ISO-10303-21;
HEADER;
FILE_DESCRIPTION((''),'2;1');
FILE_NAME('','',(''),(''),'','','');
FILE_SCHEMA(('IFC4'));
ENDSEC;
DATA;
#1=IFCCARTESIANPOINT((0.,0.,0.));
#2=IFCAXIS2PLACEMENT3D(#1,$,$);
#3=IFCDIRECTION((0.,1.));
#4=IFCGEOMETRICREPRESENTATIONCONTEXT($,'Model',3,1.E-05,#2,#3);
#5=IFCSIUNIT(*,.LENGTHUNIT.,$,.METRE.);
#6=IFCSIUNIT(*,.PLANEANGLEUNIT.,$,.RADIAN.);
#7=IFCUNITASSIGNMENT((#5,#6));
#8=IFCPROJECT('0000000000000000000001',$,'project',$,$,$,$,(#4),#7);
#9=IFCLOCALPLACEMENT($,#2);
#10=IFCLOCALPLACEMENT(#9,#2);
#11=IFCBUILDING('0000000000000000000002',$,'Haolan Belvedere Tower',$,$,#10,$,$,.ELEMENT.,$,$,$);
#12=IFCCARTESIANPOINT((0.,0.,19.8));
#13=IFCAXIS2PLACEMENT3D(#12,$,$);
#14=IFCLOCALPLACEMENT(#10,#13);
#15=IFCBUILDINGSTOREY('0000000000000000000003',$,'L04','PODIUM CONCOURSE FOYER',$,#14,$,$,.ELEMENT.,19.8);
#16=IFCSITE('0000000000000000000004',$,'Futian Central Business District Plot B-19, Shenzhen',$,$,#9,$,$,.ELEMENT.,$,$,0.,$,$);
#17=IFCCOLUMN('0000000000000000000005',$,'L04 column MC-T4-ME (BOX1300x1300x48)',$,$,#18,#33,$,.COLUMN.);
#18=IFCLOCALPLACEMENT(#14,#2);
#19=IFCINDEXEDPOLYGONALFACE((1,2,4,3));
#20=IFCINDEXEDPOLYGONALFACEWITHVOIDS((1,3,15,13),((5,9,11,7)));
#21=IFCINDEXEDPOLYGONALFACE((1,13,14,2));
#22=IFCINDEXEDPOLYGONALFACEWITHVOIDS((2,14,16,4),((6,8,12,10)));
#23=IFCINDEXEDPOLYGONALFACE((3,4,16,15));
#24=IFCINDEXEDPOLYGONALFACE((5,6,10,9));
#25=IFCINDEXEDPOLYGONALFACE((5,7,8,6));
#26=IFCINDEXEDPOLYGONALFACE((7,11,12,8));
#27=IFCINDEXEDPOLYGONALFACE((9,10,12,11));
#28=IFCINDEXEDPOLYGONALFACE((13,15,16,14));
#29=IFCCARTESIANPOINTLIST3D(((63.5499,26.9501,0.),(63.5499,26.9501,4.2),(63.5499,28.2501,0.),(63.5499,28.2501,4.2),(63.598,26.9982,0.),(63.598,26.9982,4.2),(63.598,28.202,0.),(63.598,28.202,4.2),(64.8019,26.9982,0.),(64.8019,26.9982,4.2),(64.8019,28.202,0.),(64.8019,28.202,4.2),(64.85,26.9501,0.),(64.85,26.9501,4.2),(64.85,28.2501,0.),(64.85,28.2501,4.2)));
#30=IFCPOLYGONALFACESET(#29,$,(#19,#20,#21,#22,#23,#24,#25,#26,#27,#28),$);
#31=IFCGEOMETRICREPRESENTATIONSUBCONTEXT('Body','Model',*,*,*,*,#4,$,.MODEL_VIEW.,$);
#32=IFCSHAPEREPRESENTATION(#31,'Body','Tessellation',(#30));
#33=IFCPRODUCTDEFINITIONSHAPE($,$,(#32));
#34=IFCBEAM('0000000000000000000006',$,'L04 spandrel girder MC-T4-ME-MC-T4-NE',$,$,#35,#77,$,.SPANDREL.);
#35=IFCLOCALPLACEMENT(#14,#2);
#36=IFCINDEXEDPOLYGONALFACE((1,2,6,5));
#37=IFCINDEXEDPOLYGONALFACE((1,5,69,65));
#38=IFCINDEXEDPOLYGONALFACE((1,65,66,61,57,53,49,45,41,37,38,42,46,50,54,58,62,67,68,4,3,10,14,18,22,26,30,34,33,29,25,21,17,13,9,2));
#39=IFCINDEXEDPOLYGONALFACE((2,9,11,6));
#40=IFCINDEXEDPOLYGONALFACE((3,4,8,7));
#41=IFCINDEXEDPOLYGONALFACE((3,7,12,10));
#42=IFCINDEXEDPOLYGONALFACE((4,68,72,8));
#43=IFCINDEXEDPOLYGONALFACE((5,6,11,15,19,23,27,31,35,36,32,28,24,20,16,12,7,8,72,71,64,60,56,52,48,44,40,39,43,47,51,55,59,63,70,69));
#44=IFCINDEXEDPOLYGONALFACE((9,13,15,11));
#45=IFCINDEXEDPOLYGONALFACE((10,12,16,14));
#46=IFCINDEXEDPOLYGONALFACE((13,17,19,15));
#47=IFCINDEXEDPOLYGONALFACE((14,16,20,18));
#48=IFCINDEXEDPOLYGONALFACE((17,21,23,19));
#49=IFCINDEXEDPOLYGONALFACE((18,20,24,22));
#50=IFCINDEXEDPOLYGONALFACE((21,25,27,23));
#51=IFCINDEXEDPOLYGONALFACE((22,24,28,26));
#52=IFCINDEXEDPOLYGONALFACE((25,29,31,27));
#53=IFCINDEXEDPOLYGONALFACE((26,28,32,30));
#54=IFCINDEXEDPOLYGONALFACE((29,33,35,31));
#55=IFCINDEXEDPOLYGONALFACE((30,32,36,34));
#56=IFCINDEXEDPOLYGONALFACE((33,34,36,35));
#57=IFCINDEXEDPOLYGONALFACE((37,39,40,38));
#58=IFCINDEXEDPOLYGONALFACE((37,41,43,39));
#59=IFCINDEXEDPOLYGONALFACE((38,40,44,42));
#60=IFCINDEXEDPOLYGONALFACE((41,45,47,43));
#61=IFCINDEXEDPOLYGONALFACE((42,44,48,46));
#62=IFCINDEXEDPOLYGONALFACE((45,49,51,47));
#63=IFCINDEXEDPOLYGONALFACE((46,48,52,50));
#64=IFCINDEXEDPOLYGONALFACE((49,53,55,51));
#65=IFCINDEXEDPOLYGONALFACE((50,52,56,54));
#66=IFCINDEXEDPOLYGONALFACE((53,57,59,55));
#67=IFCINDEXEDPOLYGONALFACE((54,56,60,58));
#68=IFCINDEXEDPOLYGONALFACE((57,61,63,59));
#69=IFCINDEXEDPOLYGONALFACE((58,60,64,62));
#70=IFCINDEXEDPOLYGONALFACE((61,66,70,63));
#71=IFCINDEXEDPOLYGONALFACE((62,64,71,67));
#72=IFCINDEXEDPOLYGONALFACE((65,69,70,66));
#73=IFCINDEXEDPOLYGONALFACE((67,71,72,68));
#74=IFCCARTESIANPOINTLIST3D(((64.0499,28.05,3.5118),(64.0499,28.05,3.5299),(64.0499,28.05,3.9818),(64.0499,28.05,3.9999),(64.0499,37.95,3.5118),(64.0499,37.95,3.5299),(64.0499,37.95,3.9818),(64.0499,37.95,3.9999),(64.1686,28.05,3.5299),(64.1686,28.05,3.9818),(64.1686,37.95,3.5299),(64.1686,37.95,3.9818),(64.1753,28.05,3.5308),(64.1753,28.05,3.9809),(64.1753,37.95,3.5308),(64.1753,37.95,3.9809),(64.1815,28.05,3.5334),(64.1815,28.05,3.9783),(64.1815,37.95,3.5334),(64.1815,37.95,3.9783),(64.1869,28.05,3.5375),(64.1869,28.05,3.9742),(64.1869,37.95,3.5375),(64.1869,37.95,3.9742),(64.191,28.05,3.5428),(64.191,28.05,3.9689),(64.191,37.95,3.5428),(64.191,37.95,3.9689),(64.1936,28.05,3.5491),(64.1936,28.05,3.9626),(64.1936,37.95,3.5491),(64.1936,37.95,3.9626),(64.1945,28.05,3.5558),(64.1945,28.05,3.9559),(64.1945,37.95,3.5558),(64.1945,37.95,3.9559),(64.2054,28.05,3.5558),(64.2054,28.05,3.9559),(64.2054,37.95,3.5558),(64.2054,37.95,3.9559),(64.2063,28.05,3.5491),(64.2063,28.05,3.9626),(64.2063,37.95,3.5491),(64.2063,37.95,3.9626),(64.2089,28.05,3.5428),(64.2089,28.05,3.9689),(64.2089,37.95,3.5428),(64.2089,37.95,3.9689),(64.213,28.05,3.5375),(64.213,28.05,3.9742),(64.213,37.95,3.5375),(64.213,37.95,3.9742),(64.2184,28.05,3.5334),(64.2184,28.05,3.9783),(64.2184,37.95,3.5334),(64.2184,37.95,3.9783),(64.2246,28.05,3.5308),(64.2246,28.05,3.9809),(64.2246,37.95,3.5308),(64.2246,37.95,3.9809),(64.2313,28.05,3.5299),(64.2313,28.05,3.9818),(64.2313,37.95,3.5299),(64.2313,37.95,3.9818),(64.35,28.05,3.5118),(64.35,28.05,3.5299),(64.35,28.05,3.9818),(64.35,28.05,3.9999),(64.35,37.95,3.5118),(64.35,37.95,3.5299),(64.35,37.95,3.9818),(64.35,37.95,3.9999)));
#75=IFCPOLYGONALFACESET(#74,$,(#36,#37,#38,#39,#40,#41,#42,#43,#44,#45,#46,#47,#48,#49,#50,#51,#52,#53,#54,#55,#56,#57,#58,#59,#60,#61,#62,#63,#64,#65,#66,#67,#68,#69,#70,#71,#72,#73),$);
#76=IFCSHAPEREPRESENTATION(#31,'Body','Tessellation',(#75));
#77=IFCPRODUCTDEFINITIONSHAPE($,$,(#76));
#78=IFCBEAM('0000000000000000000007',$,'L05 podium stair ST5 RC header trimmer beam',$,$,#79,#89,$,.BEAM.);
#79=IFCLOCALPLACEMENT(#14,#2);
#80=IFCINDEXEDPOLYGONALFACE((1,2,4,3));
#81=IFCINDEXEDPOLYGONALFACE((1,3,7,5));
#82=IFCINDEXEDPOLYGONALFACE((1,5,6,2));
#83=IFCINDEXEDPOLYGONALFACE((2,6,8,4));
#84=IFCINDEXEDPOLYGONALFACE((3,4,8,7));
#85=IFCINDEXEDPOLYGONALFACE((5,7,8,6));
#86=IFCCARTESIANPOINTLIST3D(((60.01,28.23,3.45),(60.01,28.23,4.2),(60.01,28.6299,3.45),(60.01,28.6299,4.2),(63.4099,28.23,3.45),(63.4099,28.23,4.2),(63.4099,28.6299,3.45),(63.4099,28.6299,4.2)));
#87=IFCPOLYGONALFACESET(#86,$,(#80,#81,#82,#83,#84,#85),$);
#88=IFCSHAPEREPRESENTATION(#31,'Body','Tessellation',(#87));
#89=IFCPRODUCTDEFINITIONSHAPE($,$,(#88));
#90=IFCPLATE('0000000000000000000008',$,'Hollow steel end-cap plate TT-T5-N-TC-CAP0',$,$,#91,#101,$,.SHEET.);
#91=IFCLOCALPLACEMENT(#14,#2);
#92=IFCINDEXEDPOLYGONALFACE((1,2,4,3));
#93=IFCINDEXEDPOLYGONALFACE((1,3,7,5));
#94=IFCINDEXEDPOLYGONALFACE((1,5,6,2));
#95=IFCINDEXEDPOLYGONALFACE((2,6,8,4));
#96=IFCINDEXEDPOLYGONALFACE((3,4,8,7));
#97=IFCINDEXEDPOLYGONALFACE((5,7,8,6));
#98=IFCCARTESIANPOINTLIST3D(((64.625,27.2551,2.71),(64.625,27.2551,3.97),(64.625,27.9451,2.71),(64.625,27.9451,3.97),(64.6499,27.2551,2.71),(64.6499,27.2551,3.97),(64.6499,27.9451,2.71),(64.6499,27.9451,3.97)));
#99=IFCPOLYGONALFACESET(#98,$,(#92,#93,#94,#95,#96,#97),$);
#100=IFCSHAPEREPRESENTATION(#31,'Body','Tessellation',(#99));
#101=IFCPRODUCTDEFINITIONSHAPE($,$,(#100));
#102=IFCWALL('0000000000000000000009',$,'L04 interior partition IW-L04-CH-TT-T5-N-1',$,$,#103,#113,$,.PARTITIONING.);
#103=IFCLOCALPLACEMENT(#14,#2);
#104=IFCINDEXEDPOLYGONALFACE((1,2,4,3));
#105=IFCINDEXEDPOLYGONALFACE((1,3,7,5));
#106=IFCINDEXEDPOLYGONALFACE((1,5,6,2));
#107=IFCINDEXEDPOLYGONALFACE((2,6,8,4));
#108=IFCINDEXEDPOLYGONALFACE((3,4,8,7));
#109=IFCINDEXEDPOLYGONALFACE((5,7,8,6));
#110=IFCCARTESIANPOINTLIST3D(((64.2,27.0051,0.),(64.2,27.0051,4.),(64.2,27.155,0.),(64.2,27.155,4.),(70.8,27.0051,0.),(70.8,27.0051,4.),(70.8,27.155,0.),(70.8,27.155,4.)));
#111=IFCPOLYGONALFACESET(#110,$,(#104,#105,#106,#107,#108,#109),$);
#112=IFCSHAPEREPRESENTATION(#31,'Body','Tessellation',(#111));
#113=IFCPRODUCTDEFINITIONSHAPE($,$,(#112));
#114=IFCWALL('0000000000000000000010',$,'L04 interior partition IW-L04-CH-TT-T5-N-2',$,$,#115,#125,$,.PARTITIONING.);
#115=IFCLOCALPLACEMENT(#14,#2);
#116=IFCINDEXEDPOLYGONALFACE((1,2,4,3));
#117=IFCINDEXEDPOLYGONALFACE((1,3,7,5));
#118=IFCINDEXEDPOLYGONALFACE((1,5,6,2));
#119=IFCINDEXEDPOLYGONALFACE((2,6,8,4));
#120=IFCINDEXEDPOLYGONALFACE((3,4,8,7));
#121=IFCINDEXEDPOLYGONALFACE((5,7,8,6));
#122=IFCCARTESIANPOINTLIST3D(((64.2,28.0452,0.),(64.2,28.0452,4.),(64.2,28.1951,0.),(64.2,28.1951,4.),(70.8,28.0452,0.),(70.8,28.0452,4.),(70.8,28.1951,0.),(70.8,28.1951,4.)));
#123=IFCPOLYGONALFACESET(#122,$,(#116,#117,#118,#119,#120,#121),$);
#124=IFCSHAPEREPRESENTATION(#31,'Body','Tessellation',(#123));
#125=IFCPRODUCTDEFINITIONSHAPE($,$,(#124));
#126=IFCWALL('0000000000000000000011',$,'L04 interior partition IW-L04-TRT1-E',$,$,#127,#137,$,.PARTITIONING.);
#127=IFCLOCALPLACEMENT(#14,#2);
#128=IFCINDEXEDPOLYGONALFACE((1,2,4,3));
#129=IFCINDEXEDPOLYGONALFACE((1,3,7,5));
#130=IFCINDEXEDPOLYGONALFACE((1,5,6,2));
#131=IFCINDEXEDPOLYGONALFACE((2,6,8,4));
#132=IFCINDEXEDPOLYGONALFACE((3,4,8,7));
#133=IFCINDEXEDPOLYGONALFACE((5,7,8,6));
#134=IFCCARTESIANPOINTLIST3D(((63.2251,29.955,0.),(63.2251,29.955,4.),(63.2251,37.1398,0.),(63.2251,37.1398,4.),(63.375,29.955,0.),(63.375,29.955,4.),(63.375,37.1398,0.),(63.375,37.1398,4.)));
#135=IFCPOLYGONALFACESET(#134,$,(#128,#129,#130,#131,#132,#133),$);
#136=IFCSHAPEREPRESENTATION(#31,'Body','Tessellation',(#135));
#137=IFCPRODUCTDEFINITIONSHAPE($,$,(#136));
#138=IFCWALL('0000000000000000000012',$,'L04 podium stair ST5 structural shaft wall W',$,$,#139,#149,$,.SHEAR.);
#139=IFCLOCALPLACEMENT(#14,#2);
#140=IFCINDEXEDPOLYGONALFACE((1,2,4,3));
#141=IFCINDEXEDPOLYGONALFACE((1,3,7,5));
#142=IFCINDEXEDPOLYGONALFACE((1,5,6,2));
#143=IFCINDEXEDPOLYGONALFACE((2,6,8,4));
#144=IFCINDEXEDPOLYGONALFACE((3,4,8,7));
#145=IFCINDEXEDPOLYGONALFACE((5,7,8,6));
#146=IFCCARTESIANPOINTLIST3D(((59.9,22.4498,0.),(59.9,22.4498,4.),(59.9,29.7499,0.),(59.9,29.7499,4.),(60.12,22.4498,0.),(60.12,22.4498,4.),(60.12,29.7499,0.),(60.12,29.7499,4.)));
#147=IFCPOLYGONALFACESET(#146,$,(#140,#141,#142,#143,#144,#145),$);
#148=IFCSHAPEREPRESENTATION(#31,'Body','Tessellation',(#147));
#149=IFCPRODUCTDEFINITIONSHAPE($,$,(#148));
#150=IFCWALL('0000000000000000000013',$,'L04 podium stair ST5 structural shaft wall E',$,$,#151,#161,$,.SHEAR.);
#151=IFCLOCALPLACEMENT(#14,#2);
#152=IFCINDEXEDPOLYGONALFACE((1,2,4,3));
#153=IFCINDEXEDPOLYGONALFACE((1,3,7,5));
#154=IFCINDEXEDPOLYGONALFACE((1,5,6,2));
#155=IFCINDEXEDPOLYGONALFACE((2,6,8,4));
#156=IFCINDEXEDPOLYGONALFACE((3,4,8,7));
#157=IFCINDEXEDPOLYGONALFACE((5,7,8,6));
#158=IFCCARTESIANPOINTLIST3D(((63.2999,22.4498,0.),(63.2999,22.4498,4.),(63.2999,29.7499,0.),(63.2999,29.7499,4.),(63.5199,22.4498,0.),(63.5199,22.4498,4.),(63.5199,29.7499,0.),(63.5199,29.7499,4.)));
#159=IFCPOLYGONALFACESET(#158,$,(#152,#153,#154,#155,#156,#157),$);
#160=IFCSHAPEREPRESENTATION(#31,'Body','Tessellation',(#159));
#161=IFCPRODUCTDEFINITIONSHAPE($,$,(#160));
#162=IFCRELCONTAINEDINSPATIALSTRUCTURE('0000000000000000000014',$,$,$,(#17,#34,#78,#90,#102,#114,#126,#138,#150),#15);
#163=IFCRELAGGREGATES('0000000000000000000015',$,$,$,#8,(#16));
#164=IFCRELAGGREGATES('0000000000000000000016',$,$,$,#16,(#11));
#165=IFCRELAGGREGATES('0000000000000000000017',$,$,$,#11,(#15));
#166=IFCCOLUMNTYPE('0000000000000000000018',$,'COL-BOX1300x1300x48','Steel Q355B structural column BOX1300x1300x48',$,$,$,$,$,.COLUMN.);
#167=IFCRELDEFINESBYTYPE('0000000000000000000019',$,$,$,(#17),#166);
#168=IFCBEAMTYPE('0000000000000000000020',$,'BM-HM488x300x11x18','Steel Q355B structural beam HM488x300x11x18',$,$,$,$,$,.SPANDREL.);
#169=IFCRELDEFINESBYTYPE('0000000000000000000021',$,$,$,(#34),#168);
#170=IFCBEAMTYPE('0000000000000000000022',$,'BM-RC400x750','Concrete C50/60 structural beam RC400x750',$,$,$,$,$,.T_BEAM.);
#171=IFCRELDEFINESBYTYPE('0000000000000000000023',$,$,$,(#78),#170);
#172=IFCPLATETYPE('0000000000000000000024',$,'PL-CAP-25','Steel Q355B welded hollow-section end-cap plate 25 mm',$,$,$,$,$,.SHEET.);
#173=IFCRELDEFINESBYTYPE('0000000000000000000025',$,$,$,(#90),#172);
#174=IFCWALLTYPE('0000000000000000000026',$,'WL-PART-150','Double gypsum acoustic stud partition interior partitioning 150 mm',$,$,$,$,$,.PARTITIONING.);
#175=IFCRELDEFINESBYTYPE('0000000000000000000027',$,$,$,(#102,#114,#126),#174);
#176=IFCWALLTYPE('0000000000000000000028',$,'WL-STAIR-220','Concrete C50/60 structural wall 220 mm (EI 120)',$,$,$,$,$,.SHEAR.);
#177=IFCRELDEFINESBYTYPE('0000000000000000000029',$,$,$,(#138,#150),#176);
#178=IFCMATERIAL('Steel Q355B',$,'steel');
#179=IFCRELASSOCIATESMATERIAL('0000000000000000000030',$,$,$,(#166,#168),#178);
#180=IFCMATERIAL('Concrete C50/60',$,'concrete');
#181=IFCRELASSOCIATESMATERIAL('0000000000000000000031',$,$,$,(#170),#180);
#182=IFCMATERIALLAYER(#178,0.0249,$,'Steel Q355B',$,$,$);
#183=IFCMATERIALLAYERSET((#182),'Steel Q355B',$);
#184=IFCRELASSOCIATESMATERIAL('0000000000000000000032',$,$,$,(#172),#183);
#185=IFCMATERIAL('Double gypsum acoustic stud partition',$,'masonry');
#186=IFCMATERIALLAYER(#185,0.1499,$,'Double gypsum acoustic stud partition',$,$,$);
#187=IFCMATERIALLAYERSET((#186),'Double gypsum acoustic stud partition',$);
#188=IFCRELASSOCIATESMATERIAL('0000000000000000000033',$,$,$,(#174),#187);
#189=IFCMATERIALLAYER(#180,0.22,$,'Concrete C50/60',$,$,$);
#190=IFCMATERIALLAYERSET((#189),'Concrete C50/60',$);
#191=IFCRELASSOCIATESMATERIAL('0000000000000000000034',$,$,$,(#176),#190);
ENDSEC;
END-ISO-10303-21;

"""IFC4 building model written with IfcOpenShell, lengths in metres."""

from ifc_helpers import new_model, si_unit, direction, frame, frame_2d, origin, origin_2d, place, context, subcontext, project, spatial, rectangle, hollow_rectangle, i_section, extrude, material, layer, layer_set, material_profile, profile_set, type_object, element, save


model = new_model("IFC4")

# Units and contexts
model_context = context("Model", 3, precision=1e-05, world=origin(), true_north=direction((0.0, 1.0)))
body_context = subcontext(model_context, "Body", "Model", "MODEL_VIEW")
ifc_project = project(units=[si_unit("LENGTHUNIT", "METRE"), si_unit("PLANEANGLEUNIT", "RADIAN")], contexts=[model_context])

# Site, building, storey
site_placement = place(None, origin())
site = spatial("IfcSite", under=ifc_project, at=site_placement, Name="Futian Central Business District Plot B-19, Shenzhen", CompositionType="ELEMENT", RefElevation=0.0)
building_placement = place(site_placement, origin())
building = spatial("IfcBuilding", under=site, at=building_placement, Name="Haolan Belvedere Tower", CompositionType="ELEMENT")
storey_placement = place(building_placement, frame((0.0, 0.0, 19.8)))
storey = spatial("IfcBuildingStorey", under=building, at=storey_placement, Name="L04", Description="PODIUM CONCOURSE FOYER", CompositionType="ELEMENT", Elevation=19.8)

# Column
ifc_material_1 = material(Name="Steel Q355B", Category="steel")
ifc_material_profile_1 = material_profile(ifc_material_1, hollow_rectangle(XDim=1.3, YDim=1.3, WallThickness=0.0481, at=origin_2d()), Name="Steel Q355B")
ifc_profile_set_1 = profile_set([ifc_material_profile_1], Name="Steel Q355B")
column_type = type_object("IfcColumnType", Name="COL-BOX1300x1300x48", Description="Steel Q355B structural column BOX1300x1300x48", PredefinedType="COLUMN", material=ifc_profile_set_1)
column_placement = place(storey_placement, frame((64.2, 27.6001, 0.0), z_axis=(0.0, 0.0, 1.0), x_axis=(1.0, 0.0, 0.0)))
element("IfcColumn", 1, at=column_placement, inside=storey, type_object=column_type, Name="L04 column MC-T4-ME (BOX1300x1300x48)", PredefinedType="COLUMN", context=body_context, shape_type="SweptSolid", body=[
    extrude(hollow_rectangle(XDim=1.3, YDim=1.3, WallThickness=0.0481, at=origin_2d()), origin(), (0.0, 0.0, 1.0), 4.2),
])

# Beams
ifc_material_profile_2 = material_profile(ifc_material_1, i_section(OverallWidth=0.3, OverallDepth=0.488, WebThickness=0.011, FlangeThickness=0.0181, FilletRadius=0.0259, at=origin_2d()), Name="Steel Q355B")
ifc_profile_set_2 = profile_set([ifc_material_profile_2], Name="Steel Q355B")
beam_type_1 = type_object("IfcBeamType", Name="BM-HM488x300x11x18", Description="Steel Q355B structural beam HM488x300x11x18", PredefinedType="SPANDREL", material=ifc_profile_set_2)
beam_1_placement = place(storey_placement, frame((64.2, 28.05, 3.7559), z_axis=(0.0, 1.0, 0.0), x_axis=(-1.0, 0.0, 0.0)))
element("IfcBeam", 2, at=beam_1_placement, inside=storey, type_object=beam_type_1, Name="L04 spandrel girder MC-T4-ME-MC-T4-NE", PredefinedType="SPANDREL", context=body_context, shape_type="SweptSolid", body=[
    extrude(i_section(OverallWidth=0.3, OverallDepth=0.488, WebThickness=0.011, FlangeThickness=0.0181, FilletRadius=0.0259, at=origin_2d()), origin(), (0.0, 0.0, 1.0), 9.8999),
])
ifc_material_2 = material(Name="Concrete C50/60", Category="concrete")
ifc_material_profile_3 = material_profile(ifc_material_2, rectangle(XDim=0.3999, YDim=0.75, at=origin_2d()), Name="Concrete C50/60")
ifc_profile_set_3 = profile_set([ifc_material_profile_3], Name="Concrete C50/60")
beam_type_2 = type_object("IfcBeamType", Name="BM-RC400x750", Description="Concrete C50/60 structural beam RC400x750", PredefinedType="T_BEAM", material=ifc_profile_set_3)
beam_2_placement = place(storey_placement, frame((60.01, 28.4299, 3.825), z_axis=(1.0, 0.0, 0.0), x_axis=(0.0, 1.0, 0.0)))
element("IfcBeam", 3, at=beam_2_placement, inside=storey, type_object=beam_type_2, Name="L05 podium stair ST5 RC header trimmer beam", PredefinedType="BEAM", context=body_context, shape_type="SweptSolid", body=[
    extrude(rectangle(XDim=0.3999, YDim=0.75, at=origin_2d()), origin(), (0.0, 0.0, 1.0), 3.3999),
])

# Plate
ifc_layer_1 = layer(ifc_material_1, 0.0249, Name="Steel Q355B")
ifc_layer_set_1 = layer_set([ifc_layer_1], Name="Steel Q355B")
plate_type = type_object("IfcPlateType", Name="PL-CAP-25", Description="Steel Q355B welded hollow-section end-cap plate 25 mm", PredefinedType="SHEET", material=ifc_layer_set_1)
plate_placement = place(storey_placement, frame((64.6375, 27.6001, 2.71), z_axis=(0.0, 0.0, 1.0), x_axis=(0.0, -1.0, 0.0)))
element("IfcPlate", 4, at=plate_placement, inside=storey, type_object=plate_type, Name="Hollow steel end-cap plate TT-T5-N-TC-CAP0", PredefinedType="SHEET", context=body_context, shape_type="SweptSolid", body=[
    extrude(rectangle(XDim=0.6899, YDim=0.0249, at=origin_2d()), origin(), (0.0, 0.0, 1.0), 1.26),
])

# Walls
ifc_material_3 = material(Name="Double gypsum acoustic stud partition", Category="masonry")
ifc_layer_2 = layer(ifc_material_3, 0.1499, Name="Double gypsum acoustic stud partition")
ifc_layer_set_2 = layer_set([ifc_layer_2], Name="Double gypsum acoustic stud partition")
wall_type_1 = type_object("IfcWallType", Name="WL-PART-150", Description="Double gypsum acoustic stud partition interior partitioning 150 mm", PredefinedType="PARTITIONING", material=ifc_layer_set_2)
for number, where, z_axis, x_axis, name in (
    (5, (64.2, 27.0801, 0.0), (0.0, 0.0, 1.0), (1.0, 0.0, 0.0), "L04 interior partition IW-L04-CH-TT-T5-N-1"),
    (6, (64.2, 28.1201, 0.0), (0.0, 0.0, 1.0), (1.0, 0.0, 0.0), "L04 interior partition IW-L04-CH-TT-T5-N-2"),
):
    element("IfcWall", number, at=place(storey_placement, frame(where, z_axis=z_axis, x_axis=x_axis)), inside=storey, type_object=wall_type_1, Name=name, PredefinedType="PARTITIONING", context=body_context, shape_type="SweptSolid", body=[
        extrude(rectangle(XDim=6.6001, YDim=0.1499, at=frame_2d((3.3, 0.0))), origin(), (0.0, 0.0, 1.0), 4.0),
    ])
wall_1_placement = place(storey_placement, frame((63.3, 29.9551, 0.0), z_axis=(0.0, 0.0, 1.0), x_axis=(0.0, 1.0, 0.0)))
element("IfcWall", 7, at=wall_1_placement, inside=storey, type_object=wall_type_1, Name="L04 interior partition IW-L04-TRT1-E", PredefinedType="PARTITIONING", context=body_context, shape_type="SweptSolid", body=[
    extrude(rectangle(XDim=7.1848, YDim=0.1499, at=frame_2d((3.5923, 0.0))), origin(), (0.0, 0.0, 1.0), 4.0),
])

# Shared definitions
ifc_layer_3 = layer(ifc_material_2, 0.22, Name="Concrete C50/60")
ifc_layer_set_3 = layer_set([ifc_layer_3], Name="Concrete C50/60")
wall_type_2 = type_object("IfcWallType", Name="WL-STAIR-220", Description="Concrete C50/60 structural wall 220 mm (EI 120)", PredefinedType="SHEAR", material=ifc_layer_set_3)

# Walls
for number, where, z_axis, x_axis, name in (
    (8, (60.01, 22.45, 0.0), (0.0, 0.0, 1.0), (0.0, 1.0, 0.0), "L04 podium stair ST5 structural shaft wall W"),
    (9, (63.4099, 22.45, 0.0), (0.0, 0.0, 1.0), (0.0, 1.0, 0.0), "L04 podium stair ST5 structural shaft wall E"),
):
    element("IfcWall", number, at=place(storey_placement, frame(where, z_axis=z_axis, x_axis=x_axis)), inside=storey, type_object=wall_type_2, Name=name, PredefinedType="SHEAR", context=body_context, shape_type="SweptSolid", body=[
        extrude(rectangle(XDim=7.3, YDim=0.22, at=frame_2d((3.6499, 0.0))), origin(), (0.0, 0.0, 1.0), 4.0),
    ])

save(model, "model.ifc")
